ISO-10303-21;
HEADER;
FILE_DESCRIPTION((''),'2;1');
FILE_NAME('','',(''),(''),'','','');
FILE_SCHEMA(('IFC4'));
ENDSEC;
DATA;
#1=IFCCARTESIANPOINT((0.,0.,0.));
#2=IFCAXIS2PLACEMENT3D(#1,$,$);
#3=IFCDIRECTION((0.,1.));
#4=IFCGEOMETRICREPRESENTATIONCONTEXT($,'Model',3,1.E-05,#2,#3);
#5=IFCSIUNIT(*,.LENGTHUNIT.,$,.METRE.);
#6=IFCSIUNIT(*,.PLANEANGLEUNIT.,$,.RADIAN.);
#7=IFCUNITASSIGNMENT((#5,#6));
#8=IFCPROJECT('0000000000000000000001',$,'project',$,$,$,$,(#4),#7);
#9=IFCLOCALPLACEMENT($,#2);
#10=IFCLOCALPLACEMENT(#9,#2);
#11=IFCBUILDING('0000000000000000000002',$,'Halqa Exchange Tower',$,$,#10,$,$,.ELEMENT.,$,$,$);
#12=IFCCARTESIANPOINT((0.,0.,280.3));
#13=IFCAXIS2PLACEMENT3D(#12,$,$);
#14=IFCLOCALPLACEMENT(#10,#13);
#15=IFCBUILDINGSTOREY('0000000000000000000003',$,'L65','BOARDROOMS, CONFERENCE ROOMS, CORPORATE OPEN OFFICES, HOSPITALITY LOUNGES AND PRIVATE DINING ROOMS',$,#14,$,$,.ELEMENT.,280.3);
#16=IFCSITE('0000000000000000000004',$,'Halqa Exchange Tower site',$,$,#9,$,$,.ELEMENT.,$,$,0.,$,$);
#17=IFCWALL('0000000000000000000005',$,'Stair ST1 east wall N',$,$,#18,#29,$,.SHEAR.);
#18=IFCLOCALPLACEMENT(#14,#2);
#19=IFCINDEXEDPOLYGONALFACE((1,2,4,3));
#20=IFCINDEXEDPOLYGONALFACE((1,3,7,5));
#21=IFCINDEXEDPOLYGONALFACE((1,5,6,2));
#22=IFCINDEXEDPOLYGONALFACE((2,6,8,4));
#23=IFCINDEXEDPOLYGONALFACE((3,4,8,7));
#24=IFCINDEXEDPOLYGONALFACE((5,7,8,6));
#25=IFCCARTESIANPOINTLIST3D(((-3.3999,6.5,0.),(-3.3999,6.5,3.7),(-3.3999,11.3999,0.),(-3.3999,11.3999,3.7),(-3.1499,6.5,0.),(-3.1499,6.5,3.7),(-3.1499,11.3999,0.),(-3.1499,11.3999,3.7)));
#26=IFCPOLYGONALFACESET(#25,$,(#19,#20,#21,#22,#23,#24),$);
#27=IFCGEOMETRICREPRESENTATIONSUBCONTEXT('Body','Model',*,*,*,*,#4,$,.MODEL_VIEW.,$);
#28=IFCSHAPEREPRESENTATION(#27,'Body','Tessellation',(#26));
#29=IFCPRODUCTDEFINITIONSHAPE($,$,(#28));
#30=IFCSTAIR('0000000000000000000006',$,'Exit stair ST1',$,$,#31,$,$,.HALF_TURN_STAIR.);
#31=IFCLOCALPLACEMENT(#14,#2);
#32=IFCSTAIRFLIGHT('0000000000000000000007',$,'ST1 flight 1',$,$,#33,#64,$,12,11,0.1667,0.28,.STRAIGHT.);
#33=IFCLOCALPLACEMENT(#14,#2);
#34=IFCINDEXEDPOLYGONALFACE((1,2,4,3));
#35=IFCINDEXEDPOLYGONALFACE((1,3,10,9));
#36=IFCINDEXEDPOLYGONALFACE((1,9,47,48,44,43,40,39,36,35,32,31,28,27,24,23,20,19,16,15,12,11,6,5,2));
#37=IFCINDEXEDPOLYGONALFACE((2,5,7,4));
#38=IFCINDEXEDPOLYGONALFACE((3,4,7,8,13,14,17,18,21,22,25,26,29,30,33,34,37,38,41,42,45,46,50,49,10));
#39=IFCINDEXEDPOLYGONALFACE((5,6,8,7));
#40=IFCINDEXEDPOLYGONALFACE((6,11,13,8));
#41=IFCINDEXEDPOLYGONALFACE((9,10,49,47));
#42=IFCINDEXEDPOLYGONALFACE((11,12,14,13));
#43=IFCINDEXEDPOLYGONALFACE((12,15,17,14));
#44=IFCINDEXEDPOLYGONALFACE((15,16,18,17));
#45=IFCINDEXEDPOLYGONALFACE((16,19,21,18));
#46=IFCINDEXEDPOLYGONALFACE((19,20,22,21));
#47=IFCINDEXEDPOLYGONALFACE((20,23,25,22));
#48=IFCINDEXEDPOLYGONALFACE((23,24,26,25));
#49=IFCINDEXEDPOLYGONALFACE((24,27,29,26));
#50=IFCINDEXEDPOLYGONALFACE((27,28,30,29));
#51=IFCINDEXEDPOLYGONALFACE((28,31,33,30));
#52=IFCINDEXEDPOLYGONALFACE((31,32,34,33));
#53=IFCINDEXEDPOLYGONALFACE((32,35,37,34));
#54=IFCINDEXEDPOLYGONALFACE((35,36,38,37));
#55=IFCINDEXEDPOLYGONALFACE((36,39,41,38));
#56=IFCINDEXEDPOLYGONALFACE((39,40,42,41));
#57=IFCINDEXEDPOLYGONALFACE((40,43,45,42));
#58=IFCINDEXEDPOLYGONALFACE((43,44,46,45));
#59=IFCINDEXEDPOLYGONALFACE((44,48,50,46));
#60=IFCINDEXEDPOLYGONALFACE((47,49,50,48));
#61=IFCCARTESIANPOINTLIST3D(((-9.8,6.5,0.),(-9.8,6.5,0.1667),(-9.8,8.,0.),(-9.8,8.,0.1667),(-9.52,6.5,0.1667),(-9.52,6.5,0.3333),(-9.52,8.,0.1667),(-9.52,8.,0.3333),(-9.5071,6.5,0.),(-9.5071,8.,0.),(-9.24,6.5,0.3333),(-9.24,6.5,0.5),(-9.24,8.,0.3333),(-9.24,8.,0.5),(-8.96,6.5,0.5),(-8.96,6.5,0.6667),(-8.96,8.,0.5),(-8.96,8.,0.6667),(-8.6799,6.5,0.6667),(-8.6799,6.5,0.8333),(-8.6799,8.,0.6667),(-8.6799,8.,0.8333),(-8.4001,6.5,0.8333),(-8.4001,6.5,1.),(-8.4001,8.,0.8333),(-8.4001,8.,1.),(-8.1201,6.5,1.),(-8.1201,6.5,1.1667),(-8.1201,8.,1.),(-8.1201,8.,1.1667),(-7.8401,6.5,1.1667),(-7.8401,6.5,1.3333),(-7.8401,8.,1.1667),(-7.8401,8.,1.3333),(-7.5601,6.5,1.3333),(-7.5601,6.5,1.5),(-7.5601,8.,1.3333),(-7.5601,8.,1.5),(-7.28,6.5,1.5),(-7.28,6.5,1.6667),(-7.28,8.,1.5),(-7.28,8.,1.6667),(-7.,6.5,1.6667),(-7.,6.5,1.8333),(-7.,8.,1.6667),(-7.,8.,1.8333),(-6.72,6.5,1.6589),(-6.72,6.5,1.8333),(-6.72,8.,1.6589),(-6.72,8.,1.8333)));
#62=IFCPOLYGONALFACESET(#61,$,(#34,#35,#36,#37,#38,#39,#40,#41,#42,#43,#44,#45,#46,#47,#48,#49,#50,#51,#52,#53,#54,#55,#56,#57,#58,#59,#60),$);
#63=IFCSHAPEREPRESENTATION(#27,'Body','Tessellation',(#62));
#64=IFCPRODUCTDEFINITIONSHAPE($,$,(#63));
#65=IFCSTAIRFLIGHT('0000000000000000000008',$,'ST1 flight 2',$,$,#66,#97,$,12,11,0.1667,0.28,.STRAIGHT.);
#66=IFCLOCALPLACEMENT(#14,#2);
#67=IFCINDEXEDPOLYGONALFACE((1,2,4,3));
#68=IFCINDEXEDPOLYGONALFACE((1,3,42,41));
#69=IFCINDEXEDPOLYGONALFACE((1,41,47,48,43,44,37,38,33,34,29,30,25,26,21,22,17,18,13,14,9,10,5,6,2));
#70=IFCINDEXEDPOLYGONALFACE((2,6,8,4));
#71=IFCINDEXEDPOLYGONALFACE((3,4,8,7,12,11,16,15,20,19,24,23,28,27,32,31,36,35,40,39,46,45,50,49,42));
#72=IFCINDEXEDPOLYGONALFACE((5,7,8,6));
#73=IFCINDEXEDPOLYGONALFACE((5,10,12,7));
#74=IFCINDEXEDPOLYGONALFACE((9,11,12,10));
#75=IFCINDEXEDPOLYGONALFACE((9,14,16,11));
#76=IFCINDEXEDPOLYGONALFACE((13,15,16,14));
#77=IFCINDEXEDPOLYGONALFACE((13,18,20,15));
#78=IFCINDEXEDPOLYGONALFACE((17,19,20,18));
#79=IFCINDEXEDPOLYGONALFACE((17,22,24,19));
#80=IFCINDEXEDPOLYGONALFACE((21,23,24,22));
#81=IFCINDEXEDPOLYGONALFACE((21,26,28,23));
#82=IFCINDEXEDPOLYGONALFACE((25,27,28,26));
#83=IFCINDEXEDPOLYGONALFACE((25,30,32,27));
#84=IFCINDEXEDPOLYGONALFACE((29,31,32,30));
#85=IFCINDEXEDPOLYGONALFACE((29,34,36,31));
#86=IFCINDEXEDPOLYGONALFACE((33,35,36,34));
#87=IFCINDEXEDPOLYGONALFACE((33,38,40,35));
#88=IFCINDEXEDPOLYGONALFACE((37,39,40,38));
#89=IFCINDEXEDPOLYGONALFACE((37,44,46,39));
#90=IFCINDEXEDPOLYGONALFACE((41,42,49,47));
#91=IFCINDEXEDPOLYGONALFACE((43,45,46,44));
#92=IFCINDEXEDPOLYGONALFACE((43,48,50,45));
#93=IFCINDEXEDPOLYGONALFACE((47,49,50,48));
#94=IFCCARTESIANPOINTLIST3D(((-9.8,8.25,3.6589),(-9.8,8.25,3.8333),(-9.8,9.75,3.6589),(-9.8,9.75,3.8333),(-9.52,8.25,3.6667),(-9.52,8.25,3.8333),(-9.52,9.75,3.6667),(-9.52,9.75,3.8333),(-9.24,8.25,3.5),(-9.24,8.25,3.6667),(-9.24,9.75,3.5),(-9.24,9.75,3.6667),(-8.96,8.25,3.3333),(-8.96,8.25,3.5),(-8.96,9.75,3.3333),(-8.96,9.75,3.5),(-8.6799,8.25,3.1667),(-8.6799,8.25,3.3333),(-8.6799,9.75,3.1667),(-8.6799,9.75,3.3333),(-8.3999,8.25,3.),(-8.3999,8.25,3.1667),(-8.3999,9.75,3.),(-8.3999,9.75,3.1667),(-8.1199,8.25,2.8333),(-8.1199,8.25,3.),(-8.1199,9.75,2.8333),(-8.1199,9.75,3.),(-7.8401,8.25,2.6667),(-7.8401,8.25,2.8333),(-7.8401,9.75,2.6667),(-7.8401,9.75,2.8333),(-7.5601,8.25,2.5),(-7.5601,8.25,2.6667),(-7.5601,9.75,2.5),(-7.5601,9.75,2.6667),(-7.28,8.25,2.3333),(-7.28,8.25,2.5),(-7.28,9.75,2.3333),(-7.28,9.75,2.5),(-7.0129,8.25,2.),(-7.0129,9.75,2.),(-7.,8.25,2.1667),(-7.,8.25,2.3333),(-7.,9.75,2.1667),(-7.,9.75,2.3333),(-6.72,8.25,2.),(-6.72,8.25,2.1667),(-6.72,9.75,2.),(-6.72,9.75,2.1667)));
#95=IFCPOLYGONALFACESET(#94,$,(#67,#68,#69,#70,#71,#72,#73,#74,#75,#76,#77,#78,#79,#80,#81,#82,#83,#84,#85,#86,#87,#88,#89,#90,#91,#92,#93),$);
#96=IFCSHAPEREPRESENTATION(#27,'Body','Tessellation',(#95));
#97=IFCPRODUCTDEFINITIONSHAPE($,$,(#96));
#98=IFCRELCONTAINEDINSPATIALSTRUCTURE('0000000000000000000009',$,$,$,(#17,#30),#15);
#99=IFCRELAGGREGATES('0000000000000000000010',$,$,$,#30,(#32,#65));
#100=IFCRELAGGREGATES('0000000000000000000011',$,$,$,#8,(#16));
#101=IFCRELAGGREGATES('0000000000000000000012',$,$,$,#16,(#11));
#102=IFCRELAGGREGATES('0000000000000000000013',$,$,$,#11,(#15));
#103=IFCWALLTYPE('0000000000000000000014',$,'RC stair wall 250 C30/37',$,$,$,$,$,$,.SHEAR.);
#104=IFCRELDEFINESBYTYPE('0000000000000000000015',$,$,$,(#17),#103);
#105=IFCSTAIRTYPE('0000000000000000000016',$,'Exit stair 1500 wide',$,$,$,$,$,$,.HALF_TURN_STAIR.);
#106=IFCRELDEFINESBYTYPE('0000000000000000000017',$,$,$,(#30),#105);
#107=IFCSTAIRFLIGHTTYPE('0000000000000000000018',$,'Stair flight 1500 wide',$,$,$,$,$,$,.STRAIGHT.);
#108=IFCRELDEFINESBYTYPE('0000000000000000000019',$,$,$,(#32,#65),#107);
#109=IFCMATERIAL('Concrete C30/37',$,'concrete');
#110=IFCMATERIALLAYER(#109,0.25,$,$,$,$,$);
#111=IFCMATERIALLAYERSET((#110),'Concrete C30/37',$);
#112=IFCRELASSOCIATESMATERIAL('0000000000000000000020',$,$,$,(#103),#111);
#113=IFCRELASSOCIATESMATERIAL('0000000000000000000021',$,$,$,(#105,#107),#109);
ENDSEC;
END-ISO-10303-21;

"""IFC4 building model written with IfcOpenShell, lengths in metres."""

from ifc_helpers import new_model, si_unit, direction, frame, frame_2d, origin, place, context, subcontext, project, spatial, polyline, rectangle, outline, extrude, material, layer, layer_set, type_object, element, aggregate, save


model = new_model("IFC4")

# Units and contexts
model_context = context("Model", 3, precision=1e-05, world=origin(), true_north=direction((0.0, 1.0)))
body_context = subcontext(model_context, "Body", "Model", "MODEL_VIEW")
ifc_project = project(units=[si_unit("LENGTHUNIT", "METRE"), si_unit("PLANEANGLEUNIT", "RADIAN")], contexts=[model_context])

# Site, building, storey
site_placement = place(None, origin())
site = spatial("IfcSite", under=ifc_project, at=site_placement, Name="Halqa Exchange Tower site", CompositionType="ELEMENT", RefElevation=0.0)
building_placement = place(site_placement, origin())
building = spatial("IfcBuilding", under=site, at=building_placement, Name="Halqa Exchange Tower", CompositionType="ELEMENT")
storey_placement = place(building_placement, frame((0.0, 0.0, 280.3)))
storey = spatial("IfcBuildingStorey", under=building, at=storey_placement, Name="L65", Description="BOARDROOMS, CONFERENCE ROOMS, CORPORATE OPEN OFFICES, HOSPITALITY LOUNGES AND PRIVATE DINING ROOMS", CompositionType="ELEMENT", Elevation=280.3)

# Wall
ifc_material_1 = material(Name="Concrete C30/37", Category="concrete")
ifc_layer_1 = layer(ifc_material_1, 0.25)
ifc_layer_set_1 = layer_set([ifc_layer_1], Name="Concrete C30/37")
wall_type_1 = type_object("IfcWallType", Name="RC stair wall 250 C30/37", PredefinedType="SHEAR", material=ifc_layer_set_1)
wall_1_placement = place(storey_placement, frame((-3.2749, 6.5, 0.0), z_axis=(0.0, 0.0, 1.0), x_axis=(0.0, 1.0, 0.0)))
element("IfcWall", 1, at=wall_1_placement, inside=storey, type_object=wall_type_1, Name="Stair ST1 east wall N", PredefinedType="SHEAR", context=body_context, shape_type="SweptSolid", body=[
    extrude(rectangle(XDim=4.8999, YDim=0.25, at=frame_2d((2.45, 0.0))), origin(), (0.0, 0.0, 1.0), 3.7),
])

# Stair, stair flights
stair_type = type_object("IfcStairType", Name="Exit stair 1500 wide", PredefinedType="HALF_TURN_STAIR", material=ifc_material_1)
stair_placement = place(storey_placement, origin())
stair = element("IfcStair", 2, at=stair_placement, inside=storey, type_object=stair_type, Name="Exit stair ST1", PredefinedType="HALF_TURN_STAIR")
stair_flight_type = type_object("IfcStairFlightType", Name="Stair flight 1500 wide", PredefinedType="STRAIGHT", material=ifc_material_1)
stair_flight_1_placement = place(storey_placement, frame((-9.8, 7.25, 0.0), z_axis=(0.0, 0.0, 1.0), x_axis=(1.0, 0.0, 0.0)))
stair_flight_1 = element("IfcStairFlight", 3, at=stair_flight_1_placement, type_object=stair_flight_type, Name="ST1 flight 1", NumberOfRisers=12, NumberOfTreads=11, PredefinedType="STRAIGHT", RiserHeight=0.1667, TreadLength=0.28, context=body_context, shape_type="SweptSolid", body=[
    extrude(outline(polyline([(0.0, 0.0), (0.0, 0.1667), (0.28, 0.1667), (0.28, 0.3333), (0.5601, 0.3333), (0.5601, 0.5), (0.8401, 0.5), (0.8401, 0.6667), (1.1201, 0.6667), (1.1201, 0.8333), (1.3999, 0.8333), (1.3999, 1.0), (1.6799, 1.0), (1.6799, 1.1667), (1.96, 1.1667), (1.96, 1.3333), (2.24, 1.3333), (2.24, 1.5), (2.52, 1.5), (2.52, 1.6667), (2.8, 1.6667), (2.8, 1.8333), (3.0801, 1.8333), (3.0801, 2.0), (3.0801, 1.6589), (0.293, 0.0), (0.0, 0.0)])), frame((0.0, 0.75, 0.0), z_axis=(0.0, -1.0, 0.0), x_axis=(1.0, 0.0, 0.0)), (0.0, 0.0, 1.0), 1.5),
])
stair_flight_2_placement = place(storey_placement, frame((-6.72, 9.0, 2.0), z_axis=(0.0, 0.0, 1.0), x_axis=(-1.0, 0.0, 0.0)))
stair_flight_2 = element("IfcStairFlight", 4, at=stair_flight_2_placement, type_object=stair_flight_type, Name="ST1 flight 2", NumberOfRisers=12, NumberOfTreads=11, PredefinedType="STRAIGHT", RiserHeight=0.1667, TreadLength=0.28, context=body_context, shape_type="SweptSolid", body=[
    extrude(outline(polyline([(0.0, 0.0), (0.0, 0.1667), (0.28, 0.1667), (0.28, 0.3333), (0.5601, 0.3333), (0.5601, 0.5), (0.8401, 0.5), (0.8401, 0.6667), (1.1201, 0.6667), (1.1201, 0.8333), (1.3999, 0.8333), (1.3999, 1.0), (1.6799, 1.0), (1.6799, 1.1667), (1.96, 1.1667), (1.96, 1.3333), (2.24, 1.3333), (2.24, 1.5), (2.52, 1.5), (2.52, 1.6667), (2.8, 1.6667), (2.8, 1.8333), (3.0801, 1.8333), (3.0801, 2.0), (3.0801, 1.6589), (0.293, 0.0), (0.0, 0.0)])), frame((0.0, 0.75, 0.0), z_axis=(0.0, -1.0, 0.0), x_axis=(1.0, 0.0, 0.0)), (0.0, 0.0, 1.0), 1.5),
])
aggregate(stair, [stair_flight_1, stair_flight_2])

save(model, "model.ifc")
